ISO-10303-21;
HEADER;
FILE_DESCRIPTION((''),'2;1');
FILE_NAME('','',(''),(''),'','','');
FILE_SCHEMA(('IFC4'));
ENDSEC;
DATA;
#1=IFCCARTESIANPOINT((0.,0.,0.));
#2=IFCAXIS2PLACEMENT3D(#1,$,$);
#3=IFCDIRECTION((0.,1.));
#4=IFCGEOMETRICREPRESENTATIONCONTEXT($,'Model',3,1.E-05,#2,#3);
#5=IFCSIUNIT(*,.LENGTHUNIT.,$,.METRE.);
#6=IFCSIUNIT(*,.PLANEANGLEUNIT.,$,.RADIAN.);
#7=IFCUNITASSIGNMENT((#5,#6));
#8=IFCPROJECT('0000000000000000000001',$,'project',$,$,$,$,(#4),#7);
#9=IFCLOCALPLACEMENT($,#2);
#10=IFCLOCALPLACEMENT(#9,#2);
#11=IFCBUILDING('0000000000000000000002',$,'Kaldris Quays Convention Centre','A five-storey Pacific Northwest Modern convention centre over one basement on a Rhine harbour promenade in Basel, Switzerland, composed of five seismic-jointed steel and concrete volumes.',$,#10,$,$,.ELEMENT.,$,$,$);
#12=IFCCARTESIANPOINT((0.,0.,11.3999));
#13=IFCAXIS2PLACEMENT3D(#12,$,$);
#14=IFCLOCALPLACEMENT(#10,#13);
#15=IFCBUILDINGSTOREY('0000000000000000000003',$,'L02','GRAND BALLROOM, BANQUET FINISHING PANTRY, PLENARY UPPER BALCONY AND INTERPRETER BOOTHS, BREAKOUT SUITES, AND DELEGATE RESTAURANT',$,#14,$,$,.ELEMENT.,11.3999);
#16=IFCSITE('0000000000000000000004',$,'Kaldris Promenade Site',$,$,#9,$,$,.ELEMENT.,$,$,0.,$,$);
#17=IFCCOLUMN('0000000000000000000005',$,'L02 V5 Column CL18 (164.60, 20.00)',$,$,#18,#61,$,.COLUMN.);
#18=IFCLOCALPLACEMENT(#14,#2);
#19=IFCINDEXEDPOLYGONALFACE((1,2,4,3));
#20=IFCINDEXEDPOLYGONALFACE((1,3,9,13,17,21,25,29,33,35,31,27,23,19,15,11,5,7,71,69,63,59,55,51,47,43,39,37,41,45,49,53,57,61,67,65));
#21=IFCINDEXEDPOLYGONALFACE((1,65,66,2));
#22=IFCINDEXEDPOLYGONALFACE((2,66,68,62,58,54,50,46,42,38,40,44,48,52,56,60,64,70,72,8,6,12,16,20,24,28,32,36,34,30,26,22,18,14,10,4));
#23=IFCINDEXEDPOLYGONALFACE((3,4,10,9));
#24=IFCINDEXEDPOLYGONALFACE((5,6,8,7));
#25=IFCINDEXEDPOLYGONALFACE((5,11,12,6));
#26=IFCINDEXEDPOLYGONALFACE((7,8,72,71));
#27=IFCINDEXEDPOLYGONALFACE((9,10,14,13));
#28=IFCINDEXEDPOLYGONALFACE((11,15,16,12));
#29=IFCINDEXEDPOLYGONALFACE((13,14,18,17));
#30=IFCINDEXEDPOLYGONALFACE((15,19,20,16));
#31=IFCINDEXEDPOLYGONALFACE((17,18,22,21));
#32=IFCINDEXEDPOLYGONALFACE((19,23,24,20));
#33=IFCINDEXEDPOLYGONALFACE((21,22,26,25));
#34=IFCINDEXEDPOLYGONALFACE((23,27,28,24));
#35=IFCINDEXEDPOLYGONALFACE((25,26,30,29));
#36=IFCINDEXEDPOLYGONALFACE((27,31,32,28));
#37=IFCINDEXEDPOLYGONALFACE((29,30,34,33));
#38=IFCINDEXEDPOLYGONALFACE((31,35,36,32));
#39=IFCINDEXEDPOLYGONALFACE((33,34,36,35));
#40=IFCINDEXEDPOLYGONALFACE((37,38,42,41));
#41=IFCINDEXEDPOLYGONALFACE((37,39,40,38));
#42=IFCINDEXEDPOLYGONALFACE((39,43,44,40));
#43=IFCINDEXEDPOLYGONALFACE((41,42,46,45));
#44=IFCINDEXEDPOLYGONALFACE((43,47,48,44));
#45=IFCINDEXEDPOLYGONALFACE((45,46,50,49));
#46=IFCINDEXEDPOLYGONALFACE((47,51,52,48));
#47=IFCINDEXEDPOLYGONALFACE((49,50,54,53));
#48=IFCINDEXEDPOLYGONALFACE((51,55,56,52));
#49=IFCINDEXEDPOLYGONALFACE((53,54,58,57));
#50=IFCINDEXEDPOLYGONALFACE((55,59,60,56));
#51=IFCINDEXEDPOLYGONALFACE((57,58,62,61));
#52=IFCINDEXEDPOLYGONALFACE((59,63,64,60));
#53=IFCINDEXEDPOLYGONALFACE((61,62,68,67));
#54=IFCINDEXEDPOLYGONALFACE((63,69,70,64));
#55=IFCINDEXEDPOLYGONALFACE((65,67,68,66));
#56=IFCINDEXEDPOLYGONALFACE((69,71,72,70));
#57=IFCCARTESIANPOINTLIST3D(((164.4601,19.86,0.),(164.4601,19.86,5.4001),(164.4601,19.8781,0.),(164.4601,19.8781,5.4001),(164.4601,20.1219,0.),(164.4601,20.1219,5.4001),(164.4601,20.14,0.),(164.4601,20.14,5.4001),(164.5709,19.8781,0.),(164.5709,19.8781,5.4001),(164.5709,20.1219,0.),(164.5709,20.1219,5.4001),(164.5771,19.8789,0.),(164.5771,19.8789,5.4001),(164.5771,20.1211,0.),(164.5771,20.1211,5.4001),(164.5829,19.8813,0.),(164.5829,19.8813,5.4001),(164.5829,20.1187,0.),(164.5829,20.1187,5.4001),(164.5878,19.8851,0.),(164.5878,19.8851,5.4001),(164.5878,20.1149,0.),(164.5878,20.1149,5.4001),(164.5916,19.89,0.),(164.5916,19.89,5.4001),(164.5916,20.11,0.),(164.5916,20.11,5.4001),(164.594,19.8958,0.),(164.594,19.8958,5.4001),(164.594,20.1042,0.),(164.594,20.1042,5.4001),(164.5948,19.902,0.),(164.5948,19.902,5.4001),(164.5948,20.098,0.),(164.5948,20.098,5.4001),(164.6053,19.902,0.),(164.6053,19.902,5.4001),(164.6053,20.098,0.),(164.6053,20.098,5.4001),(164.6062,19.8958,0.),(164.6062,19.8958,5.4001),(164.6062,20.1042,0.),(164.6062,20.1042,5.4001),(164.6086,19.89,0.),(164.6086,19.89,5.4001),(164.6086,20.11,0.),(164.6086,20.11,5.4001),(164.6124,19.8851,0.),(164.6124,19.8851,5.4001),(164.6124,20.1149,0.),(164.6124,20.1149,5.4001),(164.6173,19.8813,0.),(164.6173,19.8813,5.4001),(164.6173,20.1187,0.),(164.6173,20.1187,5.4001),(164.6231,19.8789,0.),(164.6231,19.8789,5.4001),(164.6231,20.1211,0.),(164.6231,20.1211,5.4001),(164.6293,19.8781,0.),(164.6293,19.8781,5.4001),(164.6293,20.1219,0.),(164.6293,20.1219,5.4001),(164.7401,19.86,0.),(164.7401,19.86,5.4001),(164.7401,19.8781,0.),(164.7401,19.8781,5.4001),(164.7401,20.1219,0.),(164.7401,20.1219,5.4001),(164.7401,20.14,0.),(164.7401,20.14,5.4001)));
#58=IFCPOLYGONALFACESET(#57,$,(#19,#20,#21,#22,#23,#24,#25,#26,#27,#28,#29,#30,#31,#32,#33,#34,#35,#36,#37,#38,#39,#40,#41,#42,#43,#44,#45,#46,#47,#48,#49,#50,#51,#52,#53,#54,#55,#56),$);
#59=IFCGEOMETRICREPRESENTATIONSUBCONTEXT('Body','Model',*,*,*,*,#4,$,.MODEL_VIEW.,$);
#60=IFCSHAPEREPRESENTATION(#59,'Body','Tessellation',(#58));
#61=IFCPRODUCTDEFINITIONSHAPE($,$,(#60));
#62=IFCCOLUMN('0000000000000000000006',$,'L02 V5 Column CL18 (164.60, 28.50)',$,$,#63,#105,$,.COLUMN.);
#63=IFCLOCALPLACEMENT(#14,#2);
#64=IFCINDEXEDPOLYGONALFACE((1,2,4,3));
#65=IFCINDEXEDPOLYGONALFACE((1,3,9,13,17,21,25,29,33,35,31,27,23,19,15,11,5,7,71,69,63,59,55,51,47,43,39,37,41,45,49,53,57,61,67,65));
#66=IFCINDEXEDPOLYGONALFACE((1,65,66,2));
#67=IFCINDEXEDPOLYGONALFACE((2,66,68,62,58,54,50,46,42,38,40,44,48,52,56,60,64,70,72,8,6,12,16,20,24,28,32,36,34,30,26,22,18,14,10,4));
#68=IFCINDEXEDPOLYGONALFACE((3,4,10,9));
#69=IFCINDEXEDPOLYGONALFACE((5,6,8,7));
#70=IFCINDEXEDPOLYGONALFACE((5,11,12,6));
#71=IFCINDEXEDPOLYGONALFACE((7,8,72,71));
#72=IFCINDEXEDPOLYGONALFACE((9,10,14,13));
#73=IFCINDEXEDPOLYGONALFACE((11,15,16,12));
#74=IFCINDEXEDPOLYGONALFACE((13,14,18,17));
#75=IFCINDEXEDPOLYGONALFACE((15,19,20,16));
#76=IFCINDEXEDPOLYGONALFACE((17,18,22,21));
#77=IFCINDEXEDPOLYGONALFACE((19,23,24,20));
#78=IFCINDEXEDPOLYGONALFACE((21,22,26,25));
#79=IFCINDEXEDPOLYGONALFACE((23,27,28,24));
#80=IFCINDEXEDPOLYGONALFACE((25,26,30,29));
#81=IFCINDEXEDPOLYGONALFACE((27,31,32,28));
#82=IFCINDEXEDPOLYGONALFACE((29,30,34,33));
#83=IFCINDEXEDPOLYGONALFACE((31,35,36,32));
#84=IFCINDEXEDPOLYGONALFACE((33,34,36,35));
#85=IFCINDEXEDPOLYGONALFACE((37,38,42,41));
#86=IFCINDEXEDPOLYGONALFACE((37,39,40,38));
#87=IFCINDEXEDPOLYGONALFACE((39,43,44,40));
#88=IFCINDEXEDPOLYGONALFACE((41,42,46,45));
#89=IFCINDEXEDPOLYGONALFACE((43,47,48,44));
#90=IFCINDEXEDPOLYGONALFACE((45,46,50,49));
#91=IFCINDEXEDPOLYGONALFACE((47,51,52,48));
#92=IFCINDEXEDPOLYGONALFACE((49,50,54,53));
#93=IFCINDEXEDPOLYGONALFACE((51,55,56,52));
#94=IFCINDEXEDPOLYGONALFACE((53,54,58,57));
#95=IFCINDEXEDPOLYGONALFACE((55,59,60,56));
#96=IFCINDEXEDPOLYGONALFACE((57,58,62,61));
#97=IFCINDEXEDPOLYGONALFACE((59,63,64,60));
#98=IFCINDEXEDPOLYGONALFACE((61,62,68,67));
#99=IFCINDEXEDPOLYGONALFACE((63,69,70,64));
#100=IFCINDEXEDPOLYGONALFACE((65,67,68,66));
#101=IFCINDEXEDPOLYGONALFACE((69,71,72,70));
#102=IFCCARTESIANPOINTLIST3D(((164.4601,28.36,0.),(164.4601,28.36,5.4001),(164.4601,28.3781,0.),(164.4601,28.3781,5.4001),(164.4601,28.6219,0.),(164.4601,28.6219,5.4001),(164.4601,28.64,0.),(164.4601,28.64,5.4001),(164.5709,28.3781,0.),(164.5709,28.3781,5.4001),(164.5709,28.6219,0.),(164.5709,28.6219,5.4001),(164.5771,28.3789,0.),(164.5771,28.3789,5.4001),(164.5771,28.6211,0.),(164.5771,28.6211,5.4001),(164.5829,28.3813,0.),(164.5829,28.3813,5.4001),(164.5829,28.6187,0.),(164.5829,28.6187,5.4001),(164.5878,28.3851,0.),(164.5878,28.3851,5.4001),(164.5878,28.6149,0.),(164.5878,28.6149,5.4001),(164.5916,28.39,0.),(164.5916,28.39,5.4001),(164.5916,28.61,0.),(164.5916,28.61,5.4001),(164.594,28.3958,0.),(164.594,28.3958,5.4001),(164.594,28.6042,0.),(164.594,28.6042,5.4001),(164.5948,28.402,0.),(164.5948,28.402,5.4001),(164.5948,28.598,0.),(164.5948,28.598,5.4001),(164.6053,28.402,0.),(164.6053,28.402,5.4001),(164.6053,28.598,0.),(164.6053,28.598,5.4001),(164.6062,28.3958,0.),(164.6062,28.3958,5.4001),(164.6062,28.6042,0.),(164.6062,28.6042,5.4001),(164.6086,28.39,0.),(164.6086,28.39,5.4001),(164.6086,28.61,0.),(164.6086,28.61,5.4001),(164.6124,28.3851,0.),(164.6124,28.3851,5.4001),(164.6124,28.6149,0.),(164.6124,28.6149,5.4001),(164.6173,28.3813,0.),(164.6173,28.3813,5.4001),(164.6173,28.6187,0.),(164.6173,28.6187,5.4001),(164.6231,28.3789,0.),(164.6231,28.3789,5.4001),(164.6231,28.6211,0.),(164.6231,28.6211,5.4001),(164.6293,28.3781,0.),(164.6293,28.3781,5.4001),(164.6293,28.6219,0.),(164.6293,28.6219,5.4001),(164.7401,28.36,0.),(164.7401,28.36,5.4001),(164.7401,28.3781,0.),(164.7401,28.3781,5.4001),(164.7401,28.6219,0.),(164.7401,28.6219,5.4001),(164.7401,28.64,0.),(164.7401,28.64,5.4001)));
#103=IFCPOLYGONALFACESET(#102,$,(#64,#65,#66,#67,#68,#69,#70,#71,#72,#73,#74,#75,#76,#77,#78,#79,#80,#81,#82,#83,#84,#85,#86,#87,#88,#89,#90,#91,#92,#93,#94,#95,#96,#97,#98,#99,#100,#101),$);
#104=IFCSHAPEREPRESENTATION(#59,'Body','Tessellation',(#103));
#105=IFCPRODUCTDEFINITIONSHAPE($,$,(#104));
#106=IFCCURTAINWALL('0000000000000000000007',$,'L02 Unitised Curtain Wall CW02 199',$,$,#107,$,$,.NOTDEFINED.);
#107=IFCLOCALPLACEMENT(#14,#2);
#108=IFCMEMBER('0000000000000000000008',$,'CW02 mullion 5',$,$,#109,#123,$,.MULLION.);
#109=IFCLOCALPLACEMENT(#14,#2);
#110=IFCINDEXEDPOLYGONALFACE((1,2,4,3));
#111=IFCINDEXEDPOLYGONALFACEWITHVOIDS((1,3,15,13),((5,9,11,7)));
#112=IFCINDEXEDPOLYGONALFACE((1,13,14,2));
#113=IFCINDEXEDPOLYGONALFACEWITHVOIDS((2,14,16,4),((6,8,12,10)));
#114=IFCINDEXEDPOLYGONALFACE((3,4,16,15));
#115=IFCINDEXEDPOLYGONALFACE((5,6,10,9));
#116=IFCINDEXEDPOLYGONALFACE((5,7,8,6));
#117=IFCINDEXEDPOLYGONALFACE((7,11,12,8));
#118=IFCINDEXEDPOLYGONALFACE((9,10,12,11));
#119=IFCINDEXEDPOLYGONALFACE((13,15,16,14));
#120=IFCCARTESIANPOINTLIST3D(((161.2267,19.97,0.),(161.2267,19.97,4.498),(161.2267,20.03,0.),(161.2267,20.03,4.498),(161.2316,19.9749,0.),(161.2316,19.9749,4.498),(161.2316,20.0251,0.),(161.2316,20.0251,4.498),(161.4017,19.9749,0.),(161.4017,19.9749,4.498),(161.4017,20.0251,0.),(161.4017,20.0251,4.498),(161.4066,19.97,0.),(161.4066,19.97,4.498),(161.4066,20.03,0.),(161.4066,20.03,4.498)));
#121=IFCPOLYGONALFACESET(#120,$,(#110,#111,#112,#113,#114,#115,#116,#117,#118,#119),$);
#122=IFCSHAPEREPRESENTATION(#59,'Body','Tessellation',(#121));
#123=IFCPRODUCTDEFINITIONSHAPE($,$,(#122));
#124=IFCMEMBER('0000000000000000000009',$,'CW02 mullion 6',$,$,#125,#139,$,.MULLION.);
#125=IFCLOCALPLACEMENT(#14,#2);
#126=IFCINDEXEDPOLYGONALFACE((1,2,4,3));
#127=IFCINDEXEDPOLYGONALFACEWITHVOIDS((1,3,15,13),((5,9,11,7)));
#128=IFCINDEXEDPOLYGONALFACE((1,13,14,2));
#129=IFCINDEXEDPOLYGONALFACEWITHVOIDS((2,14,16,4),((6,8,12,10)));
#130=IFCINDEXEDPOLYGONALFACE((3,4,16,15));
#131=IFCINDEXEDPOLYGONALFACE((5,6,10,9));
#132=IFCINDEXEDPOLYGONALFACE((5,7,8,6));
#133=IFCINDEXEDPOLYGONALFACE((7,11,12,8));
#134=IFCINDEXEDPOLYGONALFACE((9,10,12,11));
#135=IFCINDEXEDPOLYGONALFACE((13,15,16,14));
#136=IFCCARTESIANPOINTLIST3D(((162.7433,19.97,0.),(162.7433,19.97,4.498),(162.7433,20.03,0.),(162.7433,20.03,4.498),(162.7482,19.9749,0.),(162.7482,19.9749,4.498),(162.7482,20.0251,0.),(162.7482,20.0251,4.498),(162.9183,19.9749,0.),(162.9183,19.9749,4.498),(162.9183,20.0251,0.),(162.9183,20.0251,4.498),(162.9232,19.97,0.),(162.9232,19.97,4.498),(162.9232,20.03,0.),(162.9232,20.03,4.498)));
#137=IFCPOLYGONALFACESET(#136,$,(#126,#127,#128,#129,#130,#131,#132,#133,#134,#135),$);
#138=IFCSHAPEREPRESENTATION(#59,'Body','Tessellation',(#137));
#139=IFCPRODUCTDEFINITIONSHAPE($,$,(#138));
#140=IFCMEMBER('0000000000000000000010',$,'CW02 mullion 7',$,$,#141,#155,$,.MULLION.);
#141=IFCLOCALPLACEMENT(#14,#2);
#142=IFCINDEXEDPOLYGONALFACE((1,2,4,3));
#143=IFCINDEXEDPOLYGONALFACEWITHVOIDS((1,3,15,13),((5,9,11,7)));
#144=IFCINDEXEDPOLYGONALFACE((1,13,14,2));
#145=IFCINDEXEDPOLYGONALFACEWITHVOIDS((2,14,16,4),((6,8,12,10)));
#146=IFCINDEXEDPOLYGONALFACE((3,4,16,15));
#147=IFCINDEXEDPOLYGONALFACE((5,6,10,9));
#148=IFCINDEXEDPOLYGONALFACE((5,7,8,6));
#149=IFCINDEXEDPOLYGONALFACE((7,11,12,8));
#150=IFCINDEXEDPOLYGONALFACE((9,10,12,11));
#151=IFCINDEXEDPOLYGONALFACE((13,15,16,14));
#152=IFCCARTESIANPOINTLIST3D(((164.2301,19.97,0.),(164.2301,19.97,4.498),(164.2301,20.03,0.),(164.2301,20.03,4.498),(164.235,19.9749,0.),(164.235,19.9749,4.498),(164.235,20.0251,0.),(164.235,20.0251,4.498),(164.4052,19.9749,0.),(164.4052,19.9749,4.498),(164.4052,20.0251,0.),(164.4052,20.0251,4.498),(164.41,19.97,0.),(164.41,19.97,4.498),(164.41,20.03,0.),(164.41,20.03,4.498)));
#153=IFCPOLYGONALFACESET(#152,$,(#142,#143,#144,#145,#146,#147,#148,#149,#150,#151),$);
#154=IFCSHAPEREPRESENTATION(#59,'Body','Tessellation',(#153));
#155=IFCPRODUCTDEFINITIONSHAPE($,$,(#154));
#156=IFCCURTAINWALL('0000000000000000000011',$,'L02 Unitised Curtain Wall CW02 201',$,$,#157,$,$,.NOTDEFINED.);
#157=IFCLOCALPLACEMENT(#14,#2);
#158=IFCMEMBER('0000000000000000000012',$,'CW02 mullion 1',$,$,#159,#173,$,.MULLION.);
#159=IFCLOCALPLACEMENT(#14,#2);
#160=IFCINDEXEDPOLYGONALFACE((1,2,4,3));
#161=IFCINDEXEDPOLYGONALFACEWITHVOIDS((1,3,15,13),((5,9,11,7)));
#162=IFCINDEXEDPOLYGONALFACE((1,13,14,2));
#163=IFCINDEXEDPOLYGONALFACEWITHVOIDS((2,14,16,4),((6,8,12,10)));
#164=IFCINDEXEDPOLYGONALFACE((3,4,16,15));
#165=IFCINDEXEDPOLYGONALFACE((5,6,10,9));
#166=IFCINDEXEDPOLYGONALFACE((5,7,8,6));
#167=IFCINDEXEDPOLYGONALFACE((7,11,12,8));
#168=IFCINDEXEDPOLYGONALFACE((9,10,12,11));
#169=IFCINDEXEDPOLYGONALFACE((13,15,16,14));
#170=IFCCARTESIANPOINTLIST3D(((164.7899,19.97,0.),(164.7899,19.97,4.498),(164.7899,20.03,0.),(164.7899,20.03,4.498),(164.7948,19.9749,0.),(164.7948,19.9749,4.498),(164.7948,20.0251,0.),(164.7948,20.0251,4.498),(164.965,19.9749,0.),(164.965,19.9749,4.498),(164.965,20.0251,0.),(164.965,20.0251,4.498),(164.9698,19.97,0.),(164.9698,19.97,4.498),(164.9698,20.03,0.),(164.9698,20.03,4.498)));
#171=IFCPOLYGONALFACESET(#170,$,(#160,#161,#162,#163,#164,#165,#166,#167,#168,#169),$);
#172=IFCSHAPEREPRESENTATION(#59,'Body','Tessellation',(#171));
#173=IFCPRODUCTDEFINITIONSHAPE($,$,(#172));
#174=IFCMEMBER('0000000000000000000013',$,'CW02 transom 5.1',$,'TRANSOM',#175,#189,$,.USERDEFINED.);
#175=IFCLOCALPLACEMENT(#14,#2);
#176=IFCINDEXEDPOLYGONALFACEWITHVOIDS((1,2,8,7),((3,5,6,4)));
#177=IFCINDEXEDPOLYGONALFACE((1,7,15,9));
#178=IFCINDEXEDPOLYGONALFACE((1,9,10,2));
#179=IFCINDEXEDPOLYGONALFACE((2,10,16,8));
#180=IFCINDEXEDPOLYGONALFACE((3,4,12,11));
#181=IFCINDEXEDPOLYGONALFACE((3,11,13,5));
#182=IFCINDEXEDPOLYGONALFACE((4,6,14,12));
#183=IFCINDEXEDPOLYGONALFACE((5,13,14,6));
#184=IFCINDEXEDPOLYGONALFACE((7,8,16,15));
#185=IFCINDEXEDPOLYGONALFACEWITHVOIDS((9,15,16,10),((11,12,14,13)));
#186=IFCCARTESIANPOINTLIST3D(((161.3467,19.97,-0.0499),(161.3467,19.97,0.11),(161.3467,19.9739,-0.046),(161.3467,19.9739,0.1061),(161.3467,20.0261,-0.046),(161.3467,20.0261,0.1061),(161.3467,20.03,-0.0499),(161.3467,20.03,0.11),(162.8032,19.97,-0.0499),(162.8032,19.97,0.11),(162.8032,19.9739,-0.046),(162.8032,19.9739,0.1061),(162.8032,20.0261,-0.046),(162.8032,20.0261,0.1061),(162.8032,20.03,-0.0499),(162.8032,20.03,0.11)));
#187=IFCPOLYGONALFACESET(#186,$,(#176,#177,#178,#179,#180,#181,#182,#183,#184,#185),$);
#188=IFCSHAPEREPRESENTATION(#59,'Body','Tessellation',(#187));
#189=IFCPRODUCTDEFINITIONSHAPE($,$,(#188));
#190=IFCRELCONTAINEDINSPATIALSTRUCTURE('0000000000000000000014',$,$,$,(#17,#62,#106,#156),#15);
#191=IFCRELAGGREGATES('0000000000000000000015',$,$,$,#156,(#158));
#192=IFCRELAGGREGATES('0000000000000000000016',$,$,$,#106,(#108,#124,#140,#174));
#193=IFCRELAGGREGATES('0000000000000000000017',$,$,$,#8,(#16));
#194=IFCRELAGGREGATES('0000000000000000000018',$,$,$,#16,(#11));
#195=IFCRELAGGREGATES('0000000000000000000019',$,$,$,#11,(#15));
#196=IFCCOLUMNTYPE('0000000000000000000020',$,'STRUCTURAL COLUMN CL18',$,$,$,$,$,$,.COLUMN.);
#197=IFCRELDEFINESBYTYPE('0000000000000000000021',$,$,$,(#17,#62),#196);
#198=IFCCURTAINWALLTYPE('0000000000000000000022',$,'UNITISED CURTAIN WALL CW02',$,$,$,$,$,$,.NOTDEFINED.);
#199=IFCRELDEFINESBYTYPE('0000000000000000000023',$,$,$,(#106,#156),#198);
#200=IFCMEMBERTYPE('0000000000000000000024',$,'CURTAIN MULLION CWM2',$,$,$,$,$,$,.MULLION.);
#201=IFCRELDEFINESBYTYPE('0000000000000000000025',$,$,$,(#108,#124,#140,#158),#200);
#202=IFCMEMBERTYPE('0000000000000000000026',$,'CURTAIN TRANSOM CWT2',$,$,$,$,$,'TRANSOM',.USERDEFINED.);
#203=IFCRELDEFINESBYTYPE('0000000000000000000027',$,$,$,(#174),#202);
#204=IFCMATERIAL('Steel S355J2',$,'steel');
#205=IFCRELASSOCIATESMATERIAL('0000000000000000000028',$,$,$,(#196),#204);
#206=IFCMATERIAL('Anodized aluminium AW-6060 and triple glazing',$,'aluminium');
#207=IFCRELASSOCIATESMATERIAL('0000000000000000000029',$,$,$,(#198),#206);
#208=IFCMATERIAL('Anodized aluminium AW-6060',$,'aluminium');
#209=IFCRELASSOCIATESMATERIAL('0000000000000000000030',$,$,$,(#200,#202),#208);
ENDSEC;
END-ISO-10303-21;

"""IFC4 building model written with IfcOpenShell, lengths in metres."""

from ifc_helpers import new_model, si_unit, direction, frame, origin, origin_2d, place, context, subcontext, project, spatial, hollow_rectangle, i_section, extrude, material, material_profile, profile_set, type_object, element, aggregate, save


model = new_model("IFC4")

# Units and contexts
model_context = context("Model", 3, precision=1e-05, world=origin(), true_north=direction((0.0, 1.0)))
body_context = subcontext(model_context, "Body", "Model", "MODEL_VIEW")
ifc_project = project(units=[si_unit("LENGTHUNIT", "METRE"), si_unit("PLANEANGLEUNIT", "RADIAN")], contexts=[model_context])

# Site, building, storey
site_placement = place(None, origin())
site = spatial("IfcSite", under=ifc_project, at=site_placement, Name="Kaldris Promenade Site", CompositionType="ELEMENT", RefElevation=0.0)
building_placement = place(site_placement, origin())
building = spatial("IfcBuilding", under=site, at=building_placement, Name="Kaldris Quays Convention Centre", Description="A five-storey Pacific Northwest Modern convention centre over one basement on a Rhine harbour promenade in Basel, Switzerland, composed of five seismic-jointed steel and concrete volumes.", CompositionType="ELEMENT")
storey_placement = place(building_placement, frame((0.0, 0.0, 11.3999)))
storey = spatial("IfcBuildingStorey", under=building, at=storey_placement, Name="L02", Description="GRAND BALLROOM, BANQUET FINISHING PANTRY, PLENARY UPPER BALCONY AND INTERPRETER BOOTHS, BREAKOUT SUITES, AND DELEGATE RESTAURANT", CompositionType="ELEMENT", Elevation=11.3999)

# Columns
ifc_material_1 = material(Name="Steel S355J2", Category="steel")
ifc_material_profile_1 = material_profile(ifc_material_1, i_section(OverallWidth=0.28, OverallDepth=0.28, WebThickness=0.0105, FlangeThickness=0.0181, FilletRadius=0.0239, at=origin_2d()), Name="HEB 280")
ifc_profile_set_1 = profile_set([ifc_material_profile_1], Name="Steel S355J2")
column_type = type_object("IfcColumnType", Name="STRUCTURAL COLUMN CL18", PredefinedType="COLUMN", material=ifc_profile_set_1)
for number, where, z_axis, x_axis, name in (
    (1, (164.6001, 20.0, 0.0), (0.0, 0.0, 1.0), (1.0, 0.0, 0.0), "L02 V5 Column CL18 (164.60, 20.00)"),
    (2, (164.6001, 28.5, 0.0), (0.0, 0.0, 1.0), (1.0, 0.0, 0.0), "L02 V5 Column CL18 (164.60, 28.50)"),
):
    element("IfcColumn", number, at=place(storey_placement, frame(where, z_axis=z_axis, x_axis=x_axis)), inside=storey, type_object=column_type, Name=name, PredefinedType="COLUMN", context=body_context, shape_type="SweptSolid", body=[
        extrude(i_section(OverallWidth=0.28, OverallDepth=0.28, WebThickness=0.0105, FlangeThickness=0.0181, FilletRadius=0.0239, at=origin_2d()), origin(), (0.0, 0.0, 1.0), 5.4001),
    ])

# Curtain wall, members
ifc_material_2 = material(Name="Anodized aluminium AW-6060 and triple glazing", Category="aluminium")
curtain_wall_type = type_object("IfcCurtainWallType", Name="UNITISED CURTAIN WALL CW02", PredefinedType="NOTDEFINED", material=ifc_material_2)
curtain_wall_1_placement = place(storey_placement, origin())
curtain_wall_1 = element("IfcCurtainWall", 3, at=curtain_wall_1_placement, inside=storey, type_object=curtain_wall_type, Name="L02 Unitised Curtain Wall CW02 199", PredefinedType="NOTDEFINED")
ifc_material_3 = material(Name="Anodized aluminium AW-6060", Category="aluminium")
ifc_material_profile_2 = material_profile(ifc_material_3, hollow_rectangle(XDim=0.0601, YDim=0.1799, WallThickness=0.0049, at=origin_2d()), Name="RHS 180x60x5")
ifc_profile_set_2 = profile_set([ifc_material_profile_2], Name="Anodized aluminium AW-6060")
member_type_1 = type_object("IfcMemberType", Name="CURTAIN MULLION CWM2", PredefinedType="MULLION", material=ifc_profile_set_2)
member_1_placement = place(storey_placement, frame((161.3167, 20.0, 0.0), z_axis=(0.0, 0.0, 1.0), x_axis=(0.0, 1.0, 0.0)))
member_1 = element("IfcMember", 4, at=member_1_placement, type_object=member_type_1, Name="CW02 mullion 5", PredefinedType="MULLION", context=body_context, shape_type="SweptSolid", body=[
    extrude(hollow_rectangle(XDim=0.0601, YDim=0.1799, WallThickness=0.0049, at=origin_2d()), origin(), (0.0, 0.0, 1.0), 4.498),
])
member_2_placement = place(storey_placement, frame((162.8333, 20.0, 0.0), z_axis=(0.0, 0.0, 1.0), x_axis=(0.0, 1.0, 0.0)))
member_2 = element("IfcMember", 5, at=member_2_placement, type_object=member_type_1, Name="CW02 mullion 6", PredefinedType="MULLION", context=body_context, shape_type="SweptSolid", body=[
    extrude(hollow_rectangle(XDim=0.0601, YDim=0.1799, WallThickness=0.0049, at=origin_2d()), origin(), (0.0, 0.0, 1.0), 4.498),
])
member_3_placement = place(storey_placement, frame((164.3201, 20.0, 0.0), z_axis=(0.0, 0.0, 1.0), x_axis=(0.0, 1.0, 0.0)))
member_3 = element("IfcMember", 6, at=member_3_placement, type_object=member_type_1, Name="CW02 mullion 7", PredefinedType="MULLION", context=body_context, shape_type="SweptSolid", body=[
    extrude(hollow_rectangle(XDim=0.0601, YDim=0.1799, WallThickness=0.0049, at=origin_2d()), origin(), (0.0, 0.0, 1.0), 4.498),
])

# Curtain wall, member
curtain_wall_2_placement = place(storey_placement, origin())
curtain_wall_2 = element("IfcCurtainWall", 7, at=curtain_wall_2_placement, inside=storey, type_object=curtain_wall_type, Name="L02 Unitised Curtain Wall CW02 201", PredefinedType="NOTDEFINED")
member_4_placement = place(storey_placement, frame((164.8799, 20.0, 0.0), z_axis=(0.0, 0.0, 1.0), x_axis=(0.0, 1.0, 0.0)))
member_4 = element("IfcMember", 8, at=member_4_placement, type_object=member_type_1, Name="CW02 mullion 1", PredefinedType="MULLION", context=body_context, shape_type="SweptSolid", body=[
    extrude(hollow_rectangle(XDim=0.0601, YDim=0.1799, WallThickness=0.0049, at=origin_2d()), origin(), (0.0, 0.0, 1.0), 4.498),
])

# Member
ifc_material_profile_3 = material_profile(ifc_material_3, hollow_rectangle(XDim=0.0601, YDim=0.1599, WallThickness=0.0039, at=origin_2d()), Name="RHS 160x60x4")
ifc_profile_set_3 = profile_set([ifc_material_profile_3], Name="Anodized aluminium AW-6060")
member_type_2 = type_object("IfcMemberType", Name="CURTAIN TRANSOM CWT2", ElementType="TRANSOM", PredefinedType="USERDEFINED", material=ifc_profile_set_3)
member_5_placement = place(storey_placement, frame((161.3467, 20.0, 0.03), z_axis=(1.0, 0.0, 0.0), x_axis=(0.0, 1.0, 0.0)))
member_5 = element("IfcMember", 9, at=member_5_placement, type_object=member_type_2, Name="CW02 transom 5.1", ObjectType="TRANSOM", PredefinedType="USERDEFINED", context=body_context, shape_type="SweptSolid", body=[
    extrude(hollow_rectangle(XDim=0.0601, YDim=0.1599, WallThickness=0.0039, at=origin_2d()), origin(), (0.0, 0.0, 1.0), 1.4565),
])
aggregate(curtain_wall_2, [member_4])

aggregate(curtain_wall_1, [member_1, member_2, member_3, member_5])

save(model, "model.ifc")
